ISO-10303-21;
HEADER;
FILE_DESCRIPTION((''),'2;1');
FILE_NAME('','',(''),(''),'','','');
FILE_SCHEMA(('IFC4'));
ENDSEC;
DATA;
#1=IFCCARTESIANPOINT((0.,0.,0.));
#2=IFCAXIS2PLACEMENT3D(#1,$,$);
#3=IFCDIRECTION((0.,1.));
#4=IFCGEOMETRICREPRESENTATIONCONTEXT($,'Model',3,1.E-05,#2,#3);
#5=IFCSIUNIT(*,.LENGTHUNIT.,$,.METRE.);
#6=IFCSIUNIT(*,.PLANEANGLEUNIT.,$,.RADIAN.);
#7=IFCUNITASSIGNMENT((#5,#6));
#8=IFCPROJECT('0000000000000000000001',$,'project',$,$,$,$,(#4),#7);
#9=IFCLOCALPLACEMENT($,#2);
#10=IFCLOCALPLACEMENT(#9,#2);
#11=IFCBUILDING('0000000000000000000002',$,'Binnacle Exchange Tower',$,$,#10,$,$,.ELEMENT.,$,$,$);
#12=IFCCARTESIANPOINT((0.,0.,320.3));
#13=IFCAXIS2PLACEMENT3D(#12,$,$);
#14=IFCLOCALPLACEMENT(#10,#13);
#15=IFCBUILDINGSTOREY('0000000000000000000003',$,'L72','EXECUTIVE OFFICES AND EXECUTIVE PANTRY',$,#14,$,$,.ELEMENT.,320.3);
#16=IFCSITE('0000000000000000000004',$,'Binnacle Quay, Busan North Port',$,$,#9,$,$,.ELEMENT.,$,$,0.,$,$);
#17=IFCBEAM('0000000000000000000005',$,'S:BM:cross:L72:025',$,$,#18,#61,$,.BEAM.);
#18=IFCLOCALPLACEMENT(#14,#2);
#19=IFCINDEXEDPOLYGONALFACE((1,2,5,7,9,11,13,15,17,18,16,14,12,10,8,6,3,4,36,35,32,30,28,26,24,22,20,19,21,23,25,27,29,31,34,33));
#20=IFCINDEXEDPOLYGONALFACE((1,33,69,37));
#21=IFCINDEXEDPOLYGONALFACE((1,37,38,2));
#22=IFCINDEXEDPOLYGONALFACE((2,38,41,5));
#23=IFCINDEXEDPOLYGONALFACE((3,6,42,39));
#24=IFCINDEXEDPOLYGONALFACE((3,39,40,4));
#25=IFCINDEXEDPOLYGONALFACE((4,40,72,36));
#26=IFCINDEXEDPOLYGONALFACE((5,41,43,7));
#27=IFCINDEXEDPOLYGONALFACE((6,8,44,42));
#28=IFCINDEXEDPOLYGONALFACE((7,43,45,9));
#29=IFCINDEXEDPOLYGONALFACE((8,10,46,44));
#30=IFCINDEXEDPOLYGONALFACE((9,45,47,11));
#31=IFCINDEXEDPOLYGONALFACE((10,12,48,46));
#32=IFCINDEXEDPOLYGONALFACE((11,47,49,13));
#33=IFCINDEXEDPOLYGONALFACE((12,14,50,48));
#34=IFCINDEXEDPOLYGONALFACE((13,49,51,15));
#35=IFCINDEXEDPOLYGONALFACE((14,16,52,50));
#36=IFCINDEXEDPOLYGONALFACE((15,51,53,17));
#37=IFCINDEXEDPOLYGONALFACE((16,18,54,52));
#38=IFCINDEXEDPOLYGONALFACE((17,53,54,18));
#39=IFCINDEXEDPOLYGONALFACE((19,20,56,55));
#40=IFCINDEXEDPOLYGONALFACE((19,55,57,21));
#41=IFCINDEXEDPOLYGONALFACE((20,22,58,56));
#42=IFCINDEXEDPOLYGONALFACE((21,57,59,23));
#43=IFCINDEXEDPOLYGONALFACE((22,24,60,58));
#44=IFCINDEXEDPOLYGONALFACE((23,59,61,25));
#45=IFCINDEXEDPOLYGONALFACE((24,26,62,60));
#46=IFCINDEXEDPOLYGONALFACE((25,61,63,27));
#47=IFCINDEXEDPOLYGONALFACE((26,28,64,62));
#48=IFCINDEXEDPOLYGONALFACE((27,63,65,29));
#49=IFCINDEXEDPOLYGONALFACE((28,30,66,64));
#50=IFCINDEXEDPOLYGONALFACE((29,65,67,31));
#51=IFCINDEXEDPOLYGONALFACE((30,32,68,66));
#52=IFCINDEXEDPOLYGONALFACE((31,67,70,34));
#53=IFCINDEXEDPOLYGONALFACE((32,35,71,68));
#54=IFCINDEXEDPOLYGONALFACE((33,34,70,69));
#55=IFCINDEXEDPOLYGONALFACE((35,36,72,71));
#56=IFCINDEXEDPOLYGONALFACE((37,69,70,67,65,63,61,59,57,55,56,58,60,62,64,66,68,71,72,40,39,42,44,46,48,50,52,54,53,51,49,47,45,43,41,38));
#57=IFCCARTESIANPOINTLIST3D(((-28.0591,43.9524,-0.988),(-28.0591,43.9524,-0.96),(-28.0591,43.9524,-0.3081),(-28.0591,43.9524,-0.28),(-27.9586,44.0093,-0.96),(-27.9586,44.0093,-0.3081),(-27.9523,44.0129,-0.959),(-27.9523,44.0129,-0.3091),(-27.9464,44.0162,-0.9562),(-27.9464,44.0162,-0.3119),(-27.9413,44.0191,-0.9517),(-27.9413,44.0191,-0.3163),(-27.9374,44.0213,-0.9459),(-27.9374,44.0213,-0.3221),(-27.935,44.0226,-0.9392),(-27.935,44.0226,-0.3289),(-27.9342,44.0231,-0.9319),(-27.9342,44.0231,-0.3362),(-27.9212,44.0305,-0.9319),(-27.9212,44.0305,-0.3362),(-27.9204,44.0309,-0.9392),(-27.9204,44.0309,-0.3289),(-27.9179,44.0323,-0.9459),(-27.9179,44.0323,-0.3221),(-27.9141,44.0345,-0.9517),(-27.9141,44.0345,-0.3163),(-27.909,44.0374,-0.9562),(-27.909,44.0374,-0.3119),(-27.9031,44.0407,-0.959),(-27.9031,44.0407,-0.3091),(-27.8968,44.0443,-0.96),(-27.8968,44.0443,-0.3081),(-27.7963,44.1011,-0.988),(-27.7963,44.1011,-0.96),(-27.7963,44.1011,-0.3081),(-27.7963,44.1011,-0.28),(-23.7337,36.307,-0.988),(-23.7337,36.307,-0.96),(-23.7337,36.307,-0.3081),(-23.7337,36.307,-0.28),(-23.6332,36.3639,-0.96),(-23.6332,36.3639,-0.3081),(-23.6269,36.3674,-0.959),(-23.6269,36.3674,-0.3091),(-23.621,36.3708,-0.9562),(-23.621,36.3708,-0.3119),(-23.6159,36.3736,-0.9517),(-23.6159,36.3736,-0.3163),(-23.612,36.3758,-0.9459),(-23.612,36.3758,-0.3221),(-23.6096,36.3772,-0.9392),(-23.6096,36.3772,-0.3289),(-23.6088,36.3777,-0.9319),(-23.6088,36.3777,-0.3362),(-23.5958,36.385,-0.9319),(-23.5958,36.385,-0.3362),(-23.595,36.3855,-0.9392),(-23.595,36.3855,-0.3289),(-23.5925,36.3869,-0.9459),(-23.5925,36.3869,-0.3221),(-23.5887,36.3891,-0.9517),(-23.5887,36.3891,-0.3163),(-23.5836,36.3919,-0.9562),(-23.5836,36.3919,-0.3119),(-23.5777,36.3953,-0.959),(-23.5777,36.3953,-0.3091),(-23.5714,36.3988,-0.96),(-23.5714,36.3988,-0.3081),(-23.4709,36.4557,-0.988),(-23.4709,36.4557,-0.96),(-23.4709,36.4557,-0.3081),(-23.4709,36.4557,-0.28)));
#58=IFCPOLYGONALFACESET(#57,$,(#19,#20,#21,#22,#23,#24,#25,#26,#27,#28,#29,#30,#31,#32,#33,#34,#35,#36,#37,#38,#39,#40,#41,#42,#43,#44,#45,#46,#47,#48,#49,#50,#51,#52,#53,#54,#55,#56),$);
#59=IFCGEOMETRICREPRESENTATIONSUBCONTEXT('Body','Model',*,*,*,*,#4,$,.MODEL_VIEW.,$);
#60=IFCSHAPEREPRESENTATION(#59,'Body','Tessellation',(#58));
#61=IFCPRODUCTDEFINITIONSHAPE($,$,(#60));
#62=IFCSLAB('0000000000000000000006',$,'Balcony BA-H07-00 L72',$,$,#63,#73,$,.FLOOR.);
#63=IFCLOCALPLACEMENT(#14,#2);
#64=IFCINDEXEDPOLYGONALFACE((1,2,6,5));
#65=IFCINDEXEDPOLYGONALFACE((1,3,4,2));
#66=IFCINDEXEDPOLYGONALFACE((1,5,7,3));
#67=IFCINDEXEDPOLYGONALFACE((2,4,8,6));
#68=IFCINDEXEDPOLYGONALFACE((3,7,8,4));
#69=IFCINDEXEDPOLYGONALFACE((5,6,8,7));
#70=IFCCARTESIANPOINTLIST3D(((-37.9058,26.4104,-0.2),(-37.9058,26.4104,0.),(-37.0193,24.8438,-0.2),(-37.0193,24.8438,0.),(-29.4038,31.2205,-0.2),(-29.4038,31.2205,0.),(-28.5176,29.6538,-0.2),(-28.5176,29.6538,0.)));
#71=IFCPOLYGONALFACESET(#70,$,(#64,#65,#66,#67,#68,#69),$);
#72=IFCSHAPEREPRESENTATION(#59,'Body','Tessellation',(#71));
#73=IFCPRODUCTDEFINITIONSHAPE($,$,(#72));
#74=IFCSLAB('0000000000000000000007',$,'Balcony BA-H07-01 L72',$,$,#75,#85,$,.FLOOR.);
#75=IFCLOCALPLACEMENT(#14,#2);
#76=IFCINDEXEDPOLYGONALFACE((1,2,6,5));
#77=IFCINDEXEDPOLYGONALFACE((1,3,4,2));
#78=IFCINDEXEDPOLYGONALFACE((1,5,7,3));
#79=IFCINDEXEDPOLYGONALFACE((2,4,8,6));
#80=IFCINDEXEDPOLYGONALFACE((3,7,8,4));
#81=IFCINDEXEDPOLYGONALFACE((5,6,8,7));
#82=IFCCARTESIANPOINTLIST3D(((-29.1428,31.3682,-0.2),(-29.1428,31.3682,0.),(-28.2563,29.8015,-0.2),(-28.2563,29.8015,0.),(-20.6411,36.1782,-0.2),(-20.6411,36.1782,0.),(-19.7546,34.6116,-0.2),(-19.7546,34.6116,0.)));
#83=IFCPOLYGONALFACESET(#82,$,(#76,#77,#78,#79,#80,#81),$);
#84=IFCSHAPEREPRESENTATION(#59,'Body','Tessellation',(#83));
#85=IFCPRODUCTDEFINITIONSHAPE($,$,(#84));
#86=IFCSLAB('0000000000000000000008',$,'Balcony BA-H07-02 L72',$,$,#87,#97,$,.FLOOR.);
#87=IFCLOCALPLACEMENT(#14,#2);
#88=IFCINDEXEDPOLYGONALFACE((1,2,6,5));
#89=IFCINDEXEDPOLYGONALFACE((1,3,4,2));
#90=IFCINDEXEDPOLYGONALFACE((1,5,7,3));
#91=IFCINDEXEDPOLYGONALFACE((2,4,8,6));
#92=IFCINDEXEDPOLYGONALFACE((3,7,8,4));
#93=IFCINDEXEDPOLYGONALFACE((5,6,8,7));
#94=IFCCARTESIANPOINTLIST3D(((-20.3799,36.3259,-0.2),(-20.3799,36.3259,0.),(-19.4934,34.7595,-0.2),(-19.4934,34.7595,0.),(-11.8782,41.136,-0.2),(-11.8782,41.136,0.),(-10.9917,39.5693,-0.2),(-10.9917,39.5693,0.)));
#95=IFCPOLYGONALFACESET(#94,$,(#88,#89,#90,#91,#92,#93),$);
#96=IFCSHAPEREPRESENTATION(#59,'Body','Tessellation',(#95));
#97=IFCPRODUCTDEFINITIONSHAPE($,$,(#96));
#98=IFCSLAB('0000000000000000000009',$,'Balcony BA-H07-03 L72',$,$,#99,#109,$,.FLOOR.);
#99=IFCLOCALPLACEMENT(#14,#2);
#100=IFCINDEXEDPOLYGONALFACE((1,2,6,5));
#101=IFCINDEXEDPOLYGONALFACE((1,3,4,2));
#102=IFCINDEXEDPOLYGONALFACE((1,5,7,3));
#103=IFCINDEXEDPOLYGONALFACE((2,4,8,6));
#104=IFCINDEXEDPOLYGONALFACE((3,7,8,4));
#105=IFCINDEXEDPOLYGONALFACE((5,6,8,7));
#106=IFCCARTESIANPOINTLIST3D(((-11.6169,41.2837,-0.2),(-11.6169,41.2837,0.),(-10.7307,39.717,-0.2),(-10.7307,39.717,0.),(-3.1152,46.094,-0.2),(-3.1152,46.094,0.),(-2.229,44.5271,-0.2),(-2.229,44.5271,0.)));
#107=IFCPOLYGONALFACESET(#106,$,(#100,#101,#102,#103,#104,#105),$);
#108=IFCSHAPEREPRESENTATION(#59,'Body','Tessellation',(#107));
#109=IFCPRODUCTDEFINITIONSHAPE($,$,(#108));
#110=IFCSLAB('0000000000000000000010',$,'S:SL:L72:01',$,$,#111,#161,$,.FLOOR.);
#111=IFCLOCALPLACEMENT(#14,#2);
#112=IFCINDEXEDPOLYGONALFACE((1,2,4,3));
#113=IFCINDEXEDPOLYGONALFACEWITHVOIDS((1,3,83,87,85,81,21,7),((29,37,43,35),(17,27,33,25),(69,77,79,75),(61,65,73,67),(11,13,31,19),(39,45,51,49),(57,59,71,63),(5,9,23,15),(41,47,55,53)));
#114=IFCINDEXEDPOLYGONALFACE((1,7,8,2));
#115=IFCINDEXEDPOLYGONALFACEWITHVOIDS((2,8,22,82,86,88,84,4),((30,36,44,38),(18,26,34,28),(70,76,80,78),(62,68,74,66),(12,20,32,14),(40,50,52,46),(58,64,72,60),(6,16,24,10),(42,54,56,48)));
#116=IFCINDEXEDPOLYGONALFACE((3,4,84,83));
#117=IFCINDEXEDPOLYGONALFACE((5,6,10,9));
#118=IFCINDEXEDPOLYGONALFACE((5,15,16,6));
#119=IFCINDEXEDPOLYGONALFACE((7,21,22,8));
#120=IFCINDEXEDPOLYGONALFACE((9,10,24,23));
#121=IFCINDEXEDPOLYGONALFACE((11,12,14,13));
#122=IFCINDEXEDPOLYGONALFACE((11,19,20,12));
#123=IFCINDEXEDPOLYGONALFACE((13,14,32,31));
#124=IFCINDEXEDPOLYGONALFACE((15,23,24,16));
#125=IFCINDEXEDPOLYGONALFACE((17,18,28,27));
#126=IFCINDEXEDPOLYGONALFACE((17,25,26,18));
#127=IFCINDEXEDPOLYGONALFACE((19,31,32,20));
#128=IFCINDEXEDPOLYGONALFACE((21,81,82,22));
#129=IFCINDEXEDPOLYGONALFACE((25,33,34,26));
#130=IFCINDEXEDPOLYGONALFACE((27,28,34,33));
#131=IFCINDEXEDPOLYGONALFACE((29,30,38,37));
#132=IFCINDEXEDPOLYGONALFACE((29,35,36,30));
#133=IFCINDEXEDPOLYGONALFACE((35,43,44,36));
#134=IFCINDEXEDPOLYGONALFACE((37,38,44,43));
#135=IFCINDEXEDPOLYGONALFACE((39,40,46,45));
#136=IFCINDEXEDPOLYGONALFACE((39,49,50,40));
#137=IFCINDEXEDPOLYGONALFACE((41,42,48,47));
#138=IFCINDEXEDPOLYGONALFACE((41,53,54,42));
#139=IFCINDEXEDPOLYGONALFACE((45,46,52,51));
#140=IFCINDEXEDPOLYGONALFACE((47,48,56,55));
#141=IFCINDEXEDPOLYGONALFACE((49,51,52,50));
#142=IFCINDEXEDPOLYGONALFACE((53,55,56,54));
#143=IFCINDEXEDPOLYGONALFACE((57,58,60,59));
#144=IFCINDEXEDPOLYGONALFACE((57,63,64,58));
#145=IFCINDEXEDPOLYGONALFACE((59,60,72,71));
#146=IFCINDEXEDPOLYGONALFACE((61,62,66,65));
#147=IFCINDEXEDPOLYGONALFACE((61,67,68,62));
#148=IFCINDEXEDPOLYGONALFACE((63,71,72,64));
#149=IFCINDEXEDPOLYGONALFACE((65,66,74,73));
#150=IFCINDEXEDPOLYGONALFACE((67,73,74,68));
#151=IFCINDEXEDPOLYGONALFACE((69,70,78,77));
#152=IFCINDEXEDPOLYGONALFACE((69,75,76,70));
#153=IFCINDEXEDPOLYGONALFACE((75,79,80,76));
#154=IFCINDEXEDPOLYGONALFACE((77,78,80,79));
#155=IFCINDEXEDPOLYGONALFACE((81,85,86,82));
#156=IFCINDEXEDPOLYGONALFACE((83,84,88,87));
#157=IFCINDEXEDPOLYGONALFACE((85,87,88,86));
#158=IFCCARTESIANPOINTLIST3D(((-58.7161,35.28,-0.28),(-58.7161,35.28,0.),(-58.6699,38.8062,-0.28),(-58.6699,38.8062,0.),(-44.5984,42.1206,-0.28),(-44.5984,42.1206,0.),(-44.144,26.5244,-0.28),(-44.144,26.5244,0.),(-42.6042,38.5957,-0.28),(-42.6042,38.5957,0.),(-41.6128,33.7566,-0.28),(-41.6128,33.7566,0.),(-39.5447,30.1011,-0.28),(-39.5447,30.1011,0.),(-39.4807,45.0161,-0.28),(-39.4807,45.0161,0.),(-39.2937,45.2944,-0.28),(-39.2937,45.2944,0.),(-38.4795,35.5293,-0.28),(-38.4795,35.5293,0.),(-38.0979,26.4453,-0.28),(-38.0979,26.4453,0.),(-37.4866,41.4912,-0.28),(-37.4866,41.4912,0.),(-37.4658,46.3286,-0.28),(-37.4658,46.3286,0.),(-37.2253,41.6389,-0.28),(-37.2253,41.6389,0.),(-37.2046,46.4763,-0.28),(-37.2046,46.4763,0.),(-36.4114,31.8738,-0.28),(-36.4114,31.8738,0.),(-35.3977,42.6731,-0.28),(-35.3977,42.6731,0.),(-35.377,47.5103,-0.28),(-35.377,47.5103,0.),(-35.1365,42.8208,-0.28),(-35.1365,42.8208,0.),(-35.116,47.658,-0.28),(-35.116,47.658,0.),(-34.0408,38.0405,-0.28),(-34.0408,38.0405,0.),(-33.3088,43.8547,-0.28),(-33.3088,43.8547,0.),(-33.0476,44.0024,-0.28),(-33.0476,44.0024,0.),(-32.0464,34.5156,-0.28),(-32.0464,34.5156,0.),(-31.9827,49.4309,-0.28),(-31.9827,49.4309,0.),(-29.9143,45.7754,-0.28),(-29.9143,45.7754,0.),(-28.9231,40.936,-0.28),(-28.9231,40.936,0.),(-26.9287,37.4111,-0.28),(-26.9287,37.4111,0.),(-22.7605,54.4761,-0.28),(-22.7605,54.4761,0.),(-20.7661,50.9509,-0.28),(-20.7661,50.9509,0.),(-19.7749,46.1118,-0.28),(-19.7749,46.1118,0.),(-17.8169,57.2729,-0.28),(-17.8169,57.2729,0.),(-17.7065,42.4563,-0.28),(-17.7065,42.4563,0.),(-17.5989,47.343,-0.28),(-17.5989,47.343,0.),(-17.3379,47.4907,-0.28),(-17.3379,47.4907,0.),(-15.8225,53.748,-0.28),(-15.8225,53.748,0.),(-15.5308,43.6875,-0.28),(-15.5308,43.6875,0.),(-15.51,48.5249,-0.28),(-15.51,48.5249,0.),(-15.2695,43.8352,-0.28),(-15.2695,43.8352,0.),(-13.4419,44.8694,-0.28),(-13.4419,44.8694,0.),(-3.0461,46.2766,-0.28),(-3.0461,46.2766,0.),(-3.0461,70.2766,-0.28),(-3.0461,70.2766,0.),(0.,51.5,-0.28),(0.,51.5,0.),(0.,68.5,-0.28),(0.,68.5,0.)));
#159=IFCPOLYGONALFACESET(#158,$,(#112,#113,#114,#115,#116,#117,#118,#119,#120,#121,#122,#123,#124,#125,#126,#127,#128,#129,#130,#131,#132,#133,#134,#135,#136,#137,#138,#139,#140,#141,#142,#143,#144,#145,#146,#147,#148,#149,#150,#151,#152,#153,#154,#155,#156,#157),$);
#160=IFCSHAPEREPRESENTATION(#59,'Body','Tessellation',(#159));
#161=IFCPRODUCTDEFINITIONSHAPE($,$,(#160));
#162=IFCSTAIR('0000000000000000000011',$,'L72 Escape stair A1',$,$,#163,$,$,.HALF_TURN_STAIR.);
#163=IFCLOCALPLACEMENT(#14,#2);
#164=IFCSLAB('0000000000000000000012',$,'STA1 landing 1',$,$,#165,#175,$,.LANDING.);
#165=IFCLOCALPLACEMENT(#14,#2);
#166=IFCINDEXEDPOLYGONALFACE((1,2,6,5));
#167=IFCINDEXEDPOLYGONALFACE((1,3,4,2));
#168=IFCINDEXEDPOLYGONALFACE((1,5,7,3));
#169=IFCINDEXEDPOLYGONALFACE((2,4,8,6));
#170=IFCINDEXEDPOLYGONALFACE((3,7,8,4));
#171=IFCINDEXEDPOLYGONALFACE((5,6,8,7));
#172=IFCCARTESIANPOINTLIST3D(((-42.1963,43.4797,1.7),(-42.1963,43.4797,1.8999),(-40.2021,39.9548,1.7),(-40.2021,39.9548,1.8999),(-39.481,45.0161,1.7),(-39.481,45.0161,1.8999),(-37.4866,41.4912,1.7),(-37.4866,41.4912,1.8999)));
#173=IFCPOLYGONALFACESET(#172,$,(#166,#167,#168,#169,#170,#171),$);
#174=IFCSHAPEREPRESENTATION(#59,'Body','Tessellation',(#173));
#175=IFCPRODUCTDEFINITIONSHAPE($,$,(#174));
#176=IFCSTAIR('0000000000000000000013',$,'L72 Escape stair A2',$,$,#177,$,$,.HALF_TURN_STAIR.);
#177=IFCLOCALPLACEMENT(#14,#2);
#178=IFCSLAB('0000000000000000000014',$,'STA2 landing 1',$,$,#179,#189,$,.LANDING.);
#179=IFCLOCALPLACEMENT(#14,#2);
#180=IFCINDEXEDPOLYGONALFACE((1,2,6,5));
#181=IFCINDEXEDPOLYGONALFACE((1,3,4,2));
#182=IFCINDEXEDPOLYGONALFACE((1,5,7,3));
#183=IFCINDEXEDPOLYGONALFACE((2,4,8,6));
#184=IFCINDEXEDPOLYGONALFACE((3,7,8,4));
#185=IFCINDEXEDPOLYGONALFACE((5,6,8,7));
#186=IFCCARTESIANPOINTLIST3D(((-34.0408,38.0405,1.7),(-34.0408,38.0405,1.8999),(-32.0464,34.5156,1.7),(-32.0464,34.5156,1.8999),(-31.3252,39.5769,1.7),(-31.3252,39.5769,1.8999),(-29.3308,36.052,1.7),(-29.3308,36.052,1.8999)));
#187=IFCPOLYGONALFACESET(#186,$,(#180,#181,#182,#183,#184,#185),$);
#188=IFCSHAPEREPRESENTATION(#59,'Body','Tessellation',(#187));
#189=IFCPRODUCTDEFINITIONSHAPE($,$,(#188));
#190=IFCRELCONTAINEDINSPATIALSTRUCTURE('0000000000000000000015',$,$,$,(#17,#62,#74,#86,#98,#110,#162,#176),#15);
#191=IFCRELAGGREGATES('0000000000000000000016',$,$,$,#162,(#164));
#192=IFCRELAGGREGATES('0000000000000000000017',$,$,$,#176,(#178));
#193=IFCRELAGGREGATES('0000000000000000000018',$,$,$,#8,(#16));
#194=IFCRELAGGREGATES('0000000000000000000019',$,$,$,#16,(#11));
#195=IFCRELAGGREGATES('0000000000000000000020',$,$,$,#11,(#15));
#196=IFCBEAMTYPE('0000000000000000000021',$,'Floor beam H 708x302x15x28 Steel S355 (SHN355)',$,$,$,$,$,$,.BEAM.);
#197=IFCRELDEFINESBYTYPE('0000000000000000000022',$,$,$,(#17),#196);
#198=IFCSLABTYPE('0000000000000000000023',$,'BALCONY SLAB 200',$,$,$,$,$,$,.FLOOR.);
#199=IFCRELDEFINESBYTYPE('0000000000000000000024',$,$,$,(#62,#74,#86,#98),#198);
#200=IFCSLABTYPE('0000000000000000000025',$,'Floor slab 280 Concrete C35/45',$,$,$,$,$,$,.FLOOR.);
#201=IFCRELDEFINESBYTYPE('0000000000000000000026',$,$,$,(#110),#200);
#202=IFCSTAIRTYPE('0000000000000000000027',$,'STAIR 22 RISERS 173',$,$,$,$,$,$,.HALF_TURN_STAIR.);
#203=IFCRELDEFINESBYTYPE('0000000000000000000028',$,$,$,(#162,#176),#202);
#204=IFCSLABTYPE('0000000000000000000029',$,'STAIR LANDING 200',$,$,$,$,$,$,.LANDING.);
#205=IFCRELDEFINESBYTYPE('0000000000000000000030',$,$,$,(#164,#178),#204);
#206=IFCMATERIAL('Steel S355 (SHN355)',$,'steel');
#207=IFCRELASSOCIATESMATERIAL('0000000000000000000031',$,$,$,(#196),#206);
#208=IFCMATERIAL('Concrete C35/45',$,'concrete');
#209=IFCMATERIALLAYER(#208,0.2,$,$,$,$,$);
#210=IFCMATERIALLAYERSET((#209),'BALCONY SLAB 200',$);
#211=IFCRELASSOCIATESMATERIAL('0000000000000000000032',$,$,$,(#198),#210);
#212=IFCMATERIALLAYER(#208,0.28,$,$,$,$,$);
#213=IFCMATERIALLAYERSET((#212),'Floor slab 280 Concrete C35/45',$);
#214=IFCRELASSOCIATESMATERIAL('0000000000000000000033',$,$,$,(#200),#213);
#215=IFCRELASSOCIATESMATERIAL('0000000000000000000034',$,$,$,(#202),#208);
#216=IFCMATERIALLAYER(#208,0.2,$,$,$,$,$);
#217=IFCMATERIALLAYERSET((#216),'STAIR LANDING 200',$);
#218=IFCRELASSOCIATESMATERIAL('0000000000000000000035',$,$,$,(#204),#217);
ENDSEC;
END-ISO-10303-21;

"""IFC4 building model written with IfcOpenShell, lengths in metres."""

from ifc_helpers import new_model, si_unit, direction, frame, origin, origin_2d, place, context, subcontext, project, spatial, polyline, i_section, outline, extrude, material, layer, layer_set, material_profile, profile_set, type_object, element, aggregate, save


model = new_model("IFC4")

# Units and contexts
model_context = context("Model", 3, precision=1e-05, world=origin(), true_north=direction((0.0, 1.0)))
body_context = subcontext(model_context, "Body", "Model", "MODEL_VIEW")
ifc_project = project(units=[si_unit("LENGTHUNIT", "METRE"), si_unit("PLANEANGLEUNIT", "RADIAN")], contexts=[model_context])

# Site, building, storey
site_placement = place(None, origin())
site = spatial("IfcSite", under=ifc_project, at=site_placement, Name="Binnacle Quay, Busan North Port", CompositionType="ELEMENT", RefElevation=0.0)
building_placement = place(site_placement, origin())
building = spatial("IfcBuilding", under=site, at=building_placement, Name="Binnacle Exchange Tower", CompositionType="ELEMENT")
storey_placement = place(building_placement, frame((0.0, 0.0, 320.3)))
storey = spatial("IfcBuildingStorey", under=building, at=storey_placement, Name="L72", Description="EXECUTIVE OFFICES AND EXECUTIVE PANTRY", CompositionType="ELEMENT", Elevation=320.3)

# Beam
ifc_material_1 = material(Name="Steel S355 (SHN355)", Category="steel")
ifc_material_profile_1 = material_profile(ifc_material_1, i_section(OverallWidth=0.302, OverallDepth=0.708, WebThickness=0.0149, FlangeThickness=0.0281, FilletRadius=0.0281, at=origin_2d()), Name="H 708x302x15x28")
ifc_profile_set_1 = profile_set([ifc_material_profile_1], Name="Steel S355 (SHN355)")
beam_type_1 = type_object("IfcBeamType", Name="Floor beam H 708x302x15x28 Steel S355 (SHN355)", PredefinedType="BEAM", material=ifc_profile_set_1)
beam_1_placement = place(storey_placement, frame((-23.6023, 36.3813, -0.634), z_axis=(-0.492408, 0.870365, 0.0), x_axis=(-0.870365, -0.492408, 0.0)))
element("IfcBeam", 1, at=beam_1_placement, inside=storey, type_object=beam_type_1, Name="S:BM:cross:L72:025", PredefinedType="BEAM", context=body_context, shape_type="SweptSolid", body=[
    extrude(i_section(OverallWidth=0.302, OverallDepth=0.708, WebThickness=0.0149, FlangeThickness=0.0281, FilletRadius=0.0281, at=origin_2d()), origin(), (0.0, 0.0, 1.0), 8.7842),
])

# Slabs
ifc_material_2 = material(Name="Concrete C35/45", Category="concrete")
ifc_layer_1 = layer(ifc_material_2, 0.2)
ifc_layer_set_1 = layer_set([ifc_layer_1], Name="BALCONY SLAB 200")
slab_type_1 = type_object("IfcSlabType", Name="BALCONY SLAB 200", PredefinedType="FLOOR", material=ifc_layer_set_1)
slab_1_placement = place(storey_placement, frame((0.0, 0.0, -0.2)))
element("IfcSlab", 2, at=slab_1_placement, inside=storey, type_object=slab_type_1, Name="Balcony BA-H07-00 L72", PredefinedType="FLOOR", context=body_context, shape_type="SweptSolid", body=[
    extrude(outline(polyline([(-37.9058, 26.4104), (-29.4038, 31.2205), (-28.5176, 29.6538), (-37.0193, 24.8438), (-37.9058, 26.4104)])), origin(), (0.0, 0.0, 1.0), 0.2),
])
slab_2_placement = place(storey_placement, frame((0.0, 0.0, -0.2)))
element("IfcSlab", 3, at=slab_2_placement, inside=storey, type_object=slab_type_1, Name="Balcony BA-H07-01 L72", PredefinedType="FLOOR", context=body_context, shape_type="SweptSolid", body=[
    extrude(outline(polyline([(-29.1428, 31.3682), (-20.6411, 36.1782), (-19.7546, 34.6116), (-28.2563, 29.8015), (-29.1428, 31.3682)])), origin(), (0.0, 0.0, 1.0), 0.2),
])
slab_3_placement = place(storey_placement, frame((0.0, 0.0, -0.2)))
element("IfcSlab", 4, at=slab_3_placement, inside=storey, type_object=slab_type_1, Name="Balcony BA-H07-02 L72", PredefinedType="FLOOR", context=body_context, shape_type="SweptSolid", body=[
    extrude(outline(polyline([(-20.3799, 36.3259), (-11.8782, 41.136), (-10.9917, 39.5693), (-19.4934, 34.7595), (-20.3799, 36.3259)])), origin(), (0.0, 0.0, 1.0), 0.2),
])
slab_4_placement = place(storey_placement, frame((0.0, 0.0, -0.2)))
element("IfcSlab", 5, at=slab_4_placement, inside=storey, type_object=slab_type_1, Name="Balcony BA-H07-03 L72", PredefinedType="FLOOR", context=body_context, shape_type="SweptSolid", body=[
    extrude(outline(polyline([(-11.6169, 41.2837), (-3.1152, 46.094), (-2.229, 44.5271), (-10.7307, 39.717), (-11.6169, 41.2837)])), origin(), (0.0, 0.0, 1.0), 0.2),
])
ifc_layer_2 = layer(ifc_material_2, 0.28)
ifc_layer_set_2 = layer_set([ifc_layer_2], Name="Floor slab 280 Concrete C35/45")
slab_type_2 = type_object("IfcSlabType", Name="Floor slab 280 Concrete C35/45", PredefinedType="FLOOR", material=ifc_layer_set_2)
slab_5_placement = place(storey_placement, frame((0.0, 0.0, -0.28)))
element("IfcSlab", 6, at=slab_5_placement, inside=storey, type_object=slab_type_2, Name="S:SL:L72:01", PredefinedType="FLOOR", context=body_context, shape_type="SweptSolid", body=[
    extrude(outline(polyline([(-38.0979, 26.4453), (-44.144, 26.5244), (-58.7161, 35.28), (-58.6699, 38.8062), (-3.0461, 70.2766), (0.0, 68.5), (0.0, 51.5), (-3.0461, 46.2766), (-38.0979, 26.4453)]), holes=[polyline([(-38.4795, 35.5293), (-41.6128, 33.7566), (-39.5447, 30.1011), (-36.4114, 31.8738), (-38.4795, 35.5293)]), polyline([(-32.0464, 34.5156), (-26.9287, 37.4111), (-28.9231, 40.936), (-34.0408, 38.0405), (-32.0464, 34.5156)]), polyline([(-39.4807, 45.0161), (-44.5984, 42.1206), (-42.6042, 38.5957), (-37.4866, 41.4912), (-39.4807, 45.0161)]), polyline([(-37.4658, 46.3286), (-39.2937, 45.2944), (-37.2253, 41.6389), (-35.3977, 42.6731), (-37.4658, 46.3286)]), polyline([(-17.5989, 47.343), (-19.7749, 46.1118), (-17.7065, 42.4563), (-15.5308, 43.6875), (-17.5989, 47.343)]), polyline([(-35.377, 47.5103), (-37.2046, 46.4763), (-35.1365, 42.8208), (-33.3088, 43.8547), (-35.377, 47.5103)]), polyline([(-15.51, 48.5249), (-17.3379, 47.4907), (-15.2695, 43.8352), (-13.4419, 44.8694), (-15.51, 48.5249)]), polyline([(-29.9143, 45.7754), (-31.9827, 49.4309), (-35.116, 47.658), (-33.0476, 44.0024), (-29.9143, 45.7754)]), polyline([(-15.8225, 53.748), (-17.8169, 57.2729), (-22.7605, 54.4761), (-20.7661, 50.9509), (-15.8225, 53.748)])]), origin(), (0.0, 0.0, 1.0), 0.28),
])

# Stairs, slabs
stair_type = type_object("IfcStairType", Name="STAIR 22 RISERS 173", PredefinedType="HALF_TURN_STAIR", material=ifc_material_2)
stair_1_placement = place(storey_placement, origin())
stair_1 = element("IfcStair", 7, at=stair_1_placement, inside=storey, type_object=stair_type, Name="L72 Escape stair A1", PredefinedType="HALF_TURN_STAIR")
ifc_layer_3 = layer(ifc_material_2, 0.2)
ifc_layer_set_3 = layer_set([ifc_layer_3], Name="STAIR LANDING 200")
slab_type_3 = type_object("IfcSlabType", Name="STAIR LANDING 200", PredefinedType="LANDING", material=ifc_layer_set_3)
slab_6_placement = place(storey_placement, frame((0.0, 0.0, 1.7)))
slab_6 = element("IfcSlab", 8, at=slab_6_placement, type_object=slab_type_3, Name="STA1 landing 1", PredefinedType="LANDING", context=body_context, shape_type="SweptSolid", body=[
    extrude(outline(polyline([(-40.2021, 39.9548), (-37.4866, 41.4912), (-39.481, 45.0161), (-42.1963, 43.4797), (-40.2021, 39.9548)])), origin(), (0.0, 0.0, 1.0), 0.2),
])
aggregate(stair_1, [slab_6])
stair_2_placement = place(storey_placement, origin())
stair_2 = element("IfcStair", 9, at=stair_2_placement, inside=storey, type_object=stair_type, Name="L72 Escape stair A2", PredefinedType="HALF_TURN_STAIR")
slab_7_placement = place(storey_placement, frame((0.0, 0.0, 1.7)))
slab_7 = element("IfcSlab", 10, at=slab_7_placement, type_object=slab_type_3, Name="STA2 landing 1", PredefinedType="LANDING", context=body_context, shape_type="SweptSolid", body=[
    extrude(outline(polyline([(-31.3252, 39.5769), (-34.0408, 38.0405), (-32.0464, 34.5156), (-29.3308, 36.052), (-31.3252, 39.5769)])), origin(), (0.0, 0.0, 1.0), 0.2),
])

aggregate(stair_2, [slab_7])

save(model, "model.ifc")
